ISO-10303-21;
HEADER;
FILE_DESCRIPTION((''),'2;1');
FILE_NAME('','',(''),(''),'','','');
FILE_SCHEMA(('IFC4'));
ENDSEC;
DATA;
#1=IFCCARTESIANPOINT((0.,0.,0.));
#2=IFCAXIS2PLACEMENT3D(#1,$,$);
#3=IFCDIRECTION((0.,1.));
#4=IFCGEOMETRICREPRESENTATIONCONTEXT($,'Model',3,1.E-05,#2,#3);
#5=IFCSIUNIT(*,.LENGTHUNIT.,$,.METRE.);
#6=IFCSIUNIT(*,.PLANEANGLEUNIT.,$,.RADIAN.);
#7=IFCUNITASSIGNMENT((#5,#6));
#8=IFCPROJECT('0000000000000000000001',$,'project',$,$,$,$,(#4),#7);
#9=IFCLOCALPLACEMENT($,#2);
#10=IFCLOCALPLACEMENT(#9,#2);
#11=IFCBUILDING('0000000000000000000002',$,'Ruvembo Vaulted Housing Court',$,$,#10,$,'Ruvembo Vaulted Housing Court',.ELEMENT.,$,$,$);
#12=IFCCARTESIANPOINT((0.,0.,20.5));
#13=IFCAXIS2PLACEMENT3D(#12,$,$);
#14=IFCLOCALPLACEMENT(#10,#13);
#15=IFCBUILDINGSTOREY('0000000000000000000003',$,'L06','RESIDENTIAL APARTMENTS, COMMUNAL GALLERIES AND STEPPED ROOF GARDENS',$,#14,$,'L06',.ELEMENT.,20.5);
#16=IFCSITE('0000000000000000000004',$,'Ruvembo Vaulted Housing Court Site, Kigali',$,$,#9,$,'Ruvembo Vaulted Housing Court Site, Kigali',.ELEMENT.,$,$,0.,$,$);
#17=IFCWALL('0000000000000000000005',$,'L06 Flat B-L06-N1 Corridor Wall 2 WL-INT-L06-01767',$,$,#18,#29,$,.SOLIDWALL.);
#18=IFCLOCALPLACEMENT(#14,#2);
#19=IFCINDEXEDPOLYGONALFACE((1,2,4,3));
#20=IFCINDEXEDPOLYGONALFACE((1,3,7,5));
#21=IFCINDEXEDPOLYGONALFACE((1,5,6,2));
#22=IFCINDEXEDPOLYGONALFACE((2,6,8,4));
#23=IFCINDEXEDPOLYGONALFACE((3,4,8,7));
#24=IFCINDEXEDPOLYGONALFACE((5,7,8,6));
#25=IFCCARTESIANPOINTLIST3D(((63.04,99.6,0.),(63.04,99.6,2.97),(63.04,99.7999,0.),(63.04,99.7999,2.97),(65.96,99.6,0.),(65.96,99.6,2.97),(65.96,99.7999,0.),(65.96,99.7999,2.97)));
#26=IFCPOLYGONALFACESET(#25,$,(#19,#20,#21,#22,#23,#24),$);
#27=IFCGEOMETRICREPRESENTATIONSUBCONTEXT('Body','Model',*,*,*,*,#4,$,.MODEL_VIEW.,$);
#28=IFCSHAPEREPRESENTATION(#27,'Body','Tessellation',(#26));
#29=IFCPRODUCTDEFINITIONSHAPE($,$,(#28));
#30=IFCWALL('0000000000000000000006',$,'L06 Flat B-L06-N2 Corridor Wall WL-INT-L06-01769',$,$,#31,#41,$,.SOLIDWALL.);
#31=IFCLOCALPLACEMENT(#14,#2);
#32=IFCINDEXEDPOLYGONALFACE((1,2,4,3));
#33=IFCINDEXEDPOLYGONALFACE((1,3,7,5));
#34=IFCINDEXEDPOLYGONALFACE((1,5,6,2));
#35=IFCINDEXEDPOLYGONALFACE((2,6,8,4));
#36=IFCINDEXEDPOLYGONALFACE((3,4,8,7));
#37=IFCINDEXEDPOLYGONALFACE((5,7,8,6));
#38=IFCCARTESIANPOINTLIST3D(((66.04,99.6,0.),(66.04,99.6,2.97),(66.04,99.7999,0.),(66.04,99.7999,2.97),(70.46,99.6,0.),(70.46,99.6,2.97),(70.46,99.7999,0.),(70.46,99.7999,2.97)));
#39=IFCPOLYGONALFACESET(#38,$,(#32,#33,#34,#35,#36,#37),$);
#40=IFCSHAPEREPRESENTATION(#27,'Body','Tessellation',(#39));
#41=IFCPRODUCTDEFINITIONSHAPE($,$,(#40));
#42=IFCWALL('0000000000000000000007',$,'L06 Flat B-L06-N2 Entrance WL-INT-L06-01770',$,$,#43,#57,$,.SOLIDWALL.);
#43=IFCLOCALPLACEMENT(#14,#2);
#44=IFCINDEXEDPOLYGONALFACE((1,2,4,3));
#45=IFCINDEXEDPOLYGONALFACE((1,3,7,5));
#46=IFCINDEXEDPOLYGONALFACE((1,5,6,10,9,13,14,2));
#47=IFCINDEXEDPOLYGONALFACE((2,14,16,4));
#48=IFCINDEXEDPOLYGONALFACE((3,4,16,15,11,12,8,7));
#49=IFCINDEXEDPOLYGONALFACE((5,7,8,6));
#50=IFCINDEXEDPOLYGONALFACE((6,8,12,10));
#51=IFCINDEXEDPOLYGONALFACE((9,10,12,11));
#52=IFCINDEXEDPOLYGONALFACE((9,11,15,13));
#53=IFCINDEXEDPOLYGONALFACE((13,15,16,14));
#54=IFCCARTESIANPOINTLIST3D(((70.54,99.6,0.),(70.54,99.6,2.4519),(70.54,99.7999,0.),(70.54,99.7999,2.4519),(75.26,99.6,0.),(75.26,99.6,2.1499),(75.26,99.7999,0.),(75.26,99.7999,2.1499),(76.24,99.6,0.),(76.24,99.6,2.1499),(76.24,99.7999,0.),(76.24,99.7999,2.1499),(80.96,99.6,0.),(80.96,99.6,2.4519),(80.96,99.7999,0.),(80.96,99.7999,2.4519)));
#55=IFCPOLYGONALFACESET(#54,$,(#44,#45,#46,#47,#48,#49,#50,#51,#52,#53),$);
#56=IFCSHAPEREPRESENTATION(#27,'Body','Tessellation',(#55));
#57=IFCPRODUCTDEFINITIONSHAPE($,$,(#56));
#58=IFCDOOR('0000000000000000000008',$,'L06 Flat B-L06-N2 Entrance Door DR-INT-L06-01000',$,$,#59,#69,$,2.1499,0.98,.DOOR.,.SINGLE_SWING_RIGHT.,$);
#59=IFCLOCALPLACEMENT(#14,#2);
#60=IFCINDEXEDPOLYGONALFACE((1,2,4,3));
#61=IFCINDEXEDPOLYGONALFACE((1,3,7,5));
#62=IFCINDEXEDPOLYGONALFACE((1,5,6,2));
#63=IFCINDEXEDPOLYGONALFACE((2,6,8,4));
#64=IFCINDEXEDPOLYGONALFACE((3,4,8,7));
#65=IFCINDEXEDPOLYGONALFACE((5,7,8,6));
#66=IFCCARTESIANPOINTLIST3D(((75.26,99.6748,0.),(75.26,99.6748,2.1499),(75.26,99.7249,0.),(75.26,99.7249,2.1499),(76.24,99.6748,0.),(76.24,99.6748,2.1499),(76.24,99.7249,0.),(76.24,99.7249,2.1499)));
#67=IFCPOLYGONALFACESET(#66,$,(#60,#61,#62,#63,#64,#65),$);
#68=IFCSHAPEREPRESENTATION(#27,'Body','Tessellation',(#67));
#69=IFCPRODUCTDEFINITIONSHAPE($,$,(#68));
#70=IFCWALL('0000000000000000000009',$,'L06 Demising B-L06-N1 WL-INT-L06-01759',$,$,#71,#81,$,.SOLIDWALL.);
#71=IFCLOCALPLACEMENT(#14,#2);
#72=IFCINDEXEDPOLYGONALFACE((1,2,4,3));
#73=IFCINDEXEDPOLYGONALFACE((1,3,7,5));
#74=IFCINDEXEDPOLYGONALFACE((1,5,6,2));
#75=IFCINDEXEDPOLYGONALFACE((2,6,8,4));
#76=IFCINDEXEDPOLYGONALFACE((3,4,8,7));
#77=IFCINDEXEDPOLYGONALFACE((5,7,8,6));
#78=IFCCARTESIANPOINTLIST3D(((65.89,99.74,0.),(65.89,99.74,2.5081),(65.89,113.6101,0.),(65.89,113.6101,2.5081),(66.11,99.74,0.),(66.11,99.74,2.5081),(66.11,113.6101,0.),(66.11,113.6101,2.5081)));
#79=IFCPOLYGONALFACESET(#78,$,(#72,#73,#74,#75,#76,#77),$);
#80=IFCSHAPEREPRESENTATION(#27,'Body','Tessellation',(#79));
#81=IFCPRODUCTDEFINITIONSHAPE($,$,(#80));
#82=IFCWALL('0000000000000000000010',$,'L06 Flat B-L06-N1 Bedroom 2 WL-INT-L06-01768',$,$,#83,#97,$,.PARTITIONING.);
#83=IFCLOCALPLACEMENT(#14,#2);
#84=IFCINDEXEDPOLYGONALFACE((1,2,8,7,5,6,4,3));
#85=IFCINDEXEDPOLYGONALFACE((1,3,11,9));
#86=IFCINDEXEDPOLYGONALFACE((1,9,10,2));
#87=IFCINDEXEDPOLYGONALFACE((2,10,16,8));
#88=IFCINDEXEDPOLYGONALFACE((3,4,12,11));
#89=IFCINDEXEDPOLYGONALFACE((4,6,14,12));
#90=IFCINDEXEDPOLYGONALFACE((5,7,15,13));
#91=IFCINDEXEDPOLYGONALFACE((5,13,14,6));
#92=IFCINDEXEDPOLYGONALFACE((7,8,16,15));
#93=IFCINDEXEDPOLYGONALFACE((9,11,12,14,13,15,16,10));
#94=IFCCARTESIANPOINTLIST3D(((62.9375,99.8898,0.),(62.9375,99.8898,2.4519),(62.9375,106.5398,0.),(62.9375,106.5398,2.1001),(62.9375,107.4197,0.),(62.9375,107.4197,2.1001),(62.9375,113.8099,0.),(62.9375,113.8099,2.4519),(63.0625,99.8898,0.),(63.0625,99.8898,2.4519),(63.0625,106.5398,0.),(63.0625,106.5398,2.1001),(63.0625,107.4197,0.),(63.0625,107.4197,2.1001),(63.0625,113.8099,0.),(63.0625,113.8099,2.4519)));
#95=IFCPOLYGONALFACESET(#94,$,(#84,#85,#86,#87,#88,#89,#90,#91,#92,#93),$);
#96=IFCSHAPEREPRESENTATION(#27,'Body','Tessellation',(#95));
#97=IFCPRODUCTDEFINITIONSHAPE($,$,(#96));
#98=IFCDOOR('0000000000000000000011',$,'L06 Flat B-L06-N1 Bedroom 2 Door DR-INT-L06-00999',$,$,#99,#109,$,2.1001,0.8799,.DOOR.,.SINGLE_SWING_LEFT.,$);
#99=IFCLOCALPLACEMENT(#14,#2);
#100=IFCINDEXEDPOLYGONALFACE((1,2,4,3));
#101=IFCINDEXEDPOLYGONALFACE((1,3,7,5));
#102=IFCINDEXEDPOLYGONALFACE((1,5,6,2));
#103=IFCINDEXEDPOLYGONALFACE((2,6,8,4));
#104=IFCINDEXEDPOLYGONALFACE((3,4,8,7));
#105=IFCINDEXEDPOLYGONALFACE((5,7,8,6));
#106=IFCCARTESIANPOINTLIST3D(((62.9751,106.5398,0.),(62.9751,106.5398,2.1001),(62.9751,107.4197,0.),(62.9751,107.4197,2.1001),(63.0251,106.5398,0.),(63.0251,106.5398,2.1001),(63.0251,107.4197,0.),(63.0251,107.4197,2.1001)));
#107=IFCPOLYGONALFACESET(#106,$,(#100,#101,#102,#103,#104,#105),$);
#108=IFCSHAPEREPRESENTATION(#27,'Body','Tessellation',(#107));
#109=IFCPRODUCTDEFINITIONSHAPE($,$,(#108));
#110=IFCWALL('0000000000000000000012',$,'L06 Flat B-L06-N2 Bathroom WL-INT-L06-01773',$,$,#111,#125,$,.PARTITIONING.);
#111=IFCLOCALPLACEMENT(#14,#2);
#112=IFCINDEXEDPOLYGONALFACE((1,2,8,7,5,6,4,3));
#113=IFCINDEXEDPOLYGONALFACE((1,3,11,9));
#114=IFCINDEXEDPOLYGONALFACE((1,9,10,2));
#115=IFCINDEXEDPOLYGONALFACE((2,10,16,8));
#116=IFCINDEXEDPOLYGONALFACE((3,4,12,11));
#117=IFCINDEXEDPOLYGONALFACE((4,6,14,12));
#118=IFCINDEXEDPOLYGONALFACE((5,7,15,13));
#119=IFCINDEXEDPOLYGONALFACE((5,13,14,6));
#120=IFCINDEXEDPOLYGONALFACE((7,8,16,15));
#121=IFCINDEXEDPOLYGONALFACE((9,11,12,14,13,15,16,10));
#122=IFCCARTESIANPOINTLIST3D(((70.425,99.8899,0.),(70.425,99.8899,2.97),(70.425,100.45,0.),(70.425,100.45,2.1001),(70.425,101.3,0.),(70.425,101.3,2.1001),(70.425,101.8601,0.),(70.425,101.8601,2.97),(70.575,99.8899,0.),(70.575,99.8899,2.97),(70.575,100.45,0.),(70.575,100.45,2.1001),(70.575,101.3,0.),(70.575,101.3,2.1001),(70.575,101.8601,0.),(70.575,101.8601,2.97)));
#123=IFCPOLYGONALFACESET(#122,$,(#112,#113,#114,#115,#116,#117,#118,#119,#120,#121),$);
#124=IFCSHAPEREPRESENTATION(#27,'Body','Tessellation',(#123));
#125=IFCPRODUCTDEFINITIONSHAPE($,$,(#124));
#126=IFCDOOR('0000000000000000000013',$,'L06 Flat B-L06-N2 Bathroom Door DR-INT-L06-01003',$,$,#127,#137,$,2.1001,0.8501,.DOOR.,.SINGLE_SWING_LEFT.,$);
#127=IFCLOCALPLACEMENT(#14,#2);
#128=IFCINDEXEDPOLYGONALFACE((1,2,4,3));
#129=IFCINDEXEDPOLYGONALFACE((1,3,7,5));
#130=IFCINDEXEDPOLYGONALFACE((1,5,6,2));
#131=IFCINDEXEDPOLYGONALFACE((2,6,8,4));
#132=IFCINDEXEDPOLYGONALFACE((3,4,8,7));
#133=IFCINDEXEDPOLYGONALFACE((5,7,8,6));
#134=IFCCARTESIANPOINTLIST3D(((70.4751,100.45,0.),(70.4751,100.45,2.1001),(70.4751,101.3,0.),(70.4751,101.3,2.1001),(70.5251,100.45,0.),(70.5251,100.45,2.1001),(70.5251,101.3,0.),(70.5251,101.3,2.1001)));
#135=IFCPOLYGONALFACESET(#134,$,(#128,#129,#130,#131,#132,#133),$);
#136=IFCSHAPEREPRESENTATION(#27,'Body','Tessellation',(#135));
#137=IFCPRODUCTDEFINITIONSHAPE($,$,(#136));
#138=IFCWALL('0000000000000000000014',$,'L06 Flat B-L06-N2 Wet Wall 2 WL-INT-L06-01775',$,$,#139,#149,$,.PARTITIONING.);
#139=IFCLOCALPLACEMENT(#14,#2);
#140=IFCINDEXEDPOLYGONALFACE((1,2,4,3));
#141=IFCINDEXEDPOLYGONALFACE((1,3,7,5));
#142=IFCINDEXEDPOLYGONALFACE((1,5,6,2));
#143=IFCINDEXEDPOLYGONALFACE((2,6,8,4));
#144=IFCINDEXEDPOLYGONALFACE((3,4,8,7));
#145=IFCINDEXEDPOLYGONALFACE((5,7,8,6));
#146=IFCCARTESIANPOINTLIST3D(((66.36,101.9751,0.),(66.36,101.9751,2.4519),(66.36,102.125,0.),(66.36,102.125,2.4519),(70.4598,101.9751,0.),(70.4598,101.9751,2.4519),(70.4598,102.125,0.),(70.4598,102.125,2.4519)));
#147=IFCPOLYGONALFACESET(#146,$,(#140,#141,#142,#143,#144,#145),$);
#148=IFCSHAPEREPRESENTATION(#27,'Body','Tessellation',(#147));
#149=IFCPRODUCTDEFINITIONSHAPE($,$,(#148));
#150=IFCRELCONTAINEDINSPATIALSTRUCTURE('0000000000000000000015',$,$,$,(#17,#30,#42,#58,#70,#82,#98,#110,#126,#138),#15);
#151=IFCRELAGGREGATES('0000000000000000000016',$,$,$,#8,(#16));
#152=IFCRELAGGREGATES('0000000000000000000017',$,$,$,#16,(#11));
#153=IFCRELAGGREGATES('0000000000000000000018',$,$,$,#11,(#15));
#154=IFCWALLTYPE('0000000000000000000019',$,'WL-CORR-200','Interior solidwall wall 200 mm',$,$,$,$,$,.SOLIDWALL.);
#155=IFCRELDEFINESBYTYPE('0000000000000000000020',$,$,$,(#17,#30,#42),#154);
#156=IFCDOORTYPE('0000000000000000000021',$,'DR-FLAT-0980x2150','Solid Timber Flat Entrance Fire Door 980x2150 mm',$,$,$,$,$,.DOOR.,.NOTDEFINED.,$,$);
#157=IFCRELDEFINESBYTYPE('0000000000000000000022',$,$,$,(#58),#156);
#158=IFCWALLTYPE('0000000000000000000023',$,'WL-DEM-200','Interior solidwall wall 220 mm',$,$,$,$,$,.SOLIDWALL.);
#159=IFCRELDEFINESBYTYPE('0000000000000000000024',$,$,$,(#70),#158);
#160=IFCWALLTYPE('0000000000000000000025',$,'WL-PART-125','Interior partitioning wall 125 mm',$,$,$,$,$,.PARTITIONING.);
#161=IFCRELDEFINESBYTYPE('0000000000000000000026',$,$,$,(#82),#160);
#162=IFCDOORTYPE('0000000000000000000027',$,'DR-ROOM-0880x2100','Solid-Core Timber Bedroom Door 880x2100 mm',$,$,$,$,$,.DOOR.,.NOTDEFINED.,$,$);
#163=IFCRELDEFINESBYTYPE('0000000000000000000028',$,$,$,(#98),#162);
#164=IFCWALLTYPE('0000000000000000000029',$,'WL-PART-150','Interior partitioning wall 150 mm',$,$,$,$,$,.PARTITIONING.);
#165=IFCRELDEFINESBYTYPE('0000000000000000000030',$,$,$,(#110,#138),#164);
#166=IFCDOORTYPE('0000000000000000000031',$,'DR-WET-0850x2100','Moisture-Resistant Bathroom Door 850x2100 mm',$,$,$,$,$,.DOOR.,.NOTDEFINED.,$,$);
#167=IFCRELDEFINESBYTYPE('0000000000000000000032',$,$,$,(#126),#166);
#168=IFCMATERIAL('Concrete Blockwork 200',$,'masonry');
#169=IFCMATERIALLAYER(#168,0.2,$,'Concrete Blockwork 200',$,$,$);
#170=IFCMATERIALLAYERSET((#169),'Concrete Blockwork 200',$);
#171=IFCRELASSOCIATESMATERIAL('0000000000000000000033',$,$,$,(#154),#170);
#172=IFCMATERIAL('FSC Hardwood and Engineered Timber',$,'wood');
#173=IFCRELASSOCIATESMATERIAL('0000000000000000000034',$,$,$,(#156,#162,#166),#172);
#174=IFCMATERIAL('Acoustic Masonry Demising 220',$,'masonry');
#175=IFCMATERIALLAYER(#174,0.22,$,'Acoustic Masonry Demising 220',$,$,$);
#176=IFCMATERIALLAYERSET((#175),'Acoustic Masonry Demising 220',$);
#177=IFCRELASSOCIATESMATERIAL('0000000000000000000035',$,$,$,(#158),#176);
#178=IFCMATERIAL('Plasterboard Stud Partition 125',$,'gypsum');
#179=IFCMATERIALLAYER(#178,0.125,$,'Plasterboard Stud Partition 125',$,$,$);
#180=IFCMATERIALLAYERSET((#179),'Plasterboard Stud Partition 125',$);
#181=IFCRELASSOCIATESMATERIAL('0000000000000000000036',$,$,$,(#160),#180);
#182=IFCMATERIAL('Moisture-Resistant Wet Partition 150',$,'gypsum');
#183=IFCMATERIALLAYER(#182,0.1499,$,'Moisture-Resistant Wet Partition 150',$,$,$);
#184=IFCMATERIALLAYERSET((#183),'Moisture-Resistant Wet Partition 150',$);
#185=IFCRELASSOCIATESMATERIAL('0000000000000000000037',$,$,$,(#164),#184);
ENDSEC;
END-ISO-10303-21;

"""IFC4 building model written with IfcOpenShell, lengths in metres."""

from ifc_helpers import new_model, si_unit, direction, frame, frame_2d, origin, place, context, subcontext, project, spatial, rectangle, extrude, material, layer, layer_set, type_object, element, fill, save


model = new_model("IFC4")

# Units and contexts
model_context = context("Model", 3, precision=1e-05, world=origin(), true_north=direction((0.0, 1.0)))
body_context = subcontext(model_context, "Body", "Model", "MODEL_VIEW")
ifc_project = project(units=[si_unit("LENGTHUNIT", "METRE"), si_unit("PLANEANGLEUNIT", "RADIAN")], contexts=[model_context])

# Site, building, storey
site_placement = place(None, origin())
site = spatial("IfcSite", under=ifc_project, at=site_placement, Name="Ruvembo Vaulted Housing Court Site, Kigali", LongName="Ruvembo Vaulted Housing Court Site, Kigali", CompositionType="ELEMENT", RefElevation=0.0)
building_placement = place(site_placement, origin())
building = spatial("IfcBuilding", under=site, at=building_placement, Name="Ruvembo Vaulted Housing Court", LongName="Ruvembo Vaulted Housing Court", CompositionType="ELEMENT")
storey_placement = place(building_placement, frame((0.0, 0.0, 20.5)))
storey = spatial("IfcBuildingStorey", under=building, at=storey_placement, Name="L06", Description="RESIDENTIAL APARTMENTS, COMMUNAL GALLERIES AND STEPPED ROOF GARDENS", LongName="L06", CompositionType="ELEMENT", Elevation=20.5)

# Walls
ifc_material_1 = material(Name="Concrete Blockwork 200", Category="masonry")
ifc_layer_1 = layer(ifc_material_1, 0.2, Name="Concrete Blockwork 200")
ifc_layer_set_1 = layer_set([ifc_layer_1], Name="Concrete Blockwork 200")
wall_type_1 = type_object("IfcWallType", Name="WL-CORR-200", Description="Interior solidwall wall 200 mm", PredefinedType="SOLIDWALL", material=ifc_layer_set_1)
wall_1_placement = place(storey_placement, frame((63.04, 99.7, 0.0), z_axis=(0.0, 0.0, 1.0), x_axis=(1.0, 0.0, 0.0)))
element("IfcWall", 1, at=wall_1_placement, inside=storey, type_object=wall_type_1, Name="L06 Flat B-L06-N1 Corridor Wall 2 WL-INT-L06-01767", PredefinedType="SOLIDWALL", context=body_context, shape_type="SweptSolid", body=[
    extrude(rectangle(XDim=2.9199, YDim=0.2, at=frame_2d((1.46, 0.0))), origin(), (0.0, 0.0, 1.0), 2.97),
])
wall_2_placement = place(storey_placement, frame((66.04, 99.7, 0.0), z_axis=(0.0, 0.0, 1.0), x_axis=(1.0, 0.0, 0.0)))
element("IfcWall", 2, at=wall_2_placement, inside=storey, type_object=wall_type_1, Name="L06 Flat B-L06-N2 Corridor Wall WL-INT-L06-01769", PredefinedType="SOLIDWALL", context=body_context, shape_type="SweptSolid", body=[
    extrude(rectangle(XDim=4.4199, YDim=0.2, at=frame_2d((2.21, 0.0))), origin(), (0.0, 0.0, 1.0), 2.97),
])

# Wall, opening, door
wall_3_placement = place(storey_placement, frame((70.54, 99.7, 0.0), z_axis=(0.0, 0.0, 1.0), x_axis=(1.0, 0.0, 0.0)))
wall_3 = element("IfcWall", 3, at=wall_3_placement, inside=storey, type_object=wall_type_1, Name="L06 Flat B-L06-N2 Entrance WL-INT-L06-01770", PredefinedType="SOLIDWALL", context=body_context, shape_type="SweptSolid", body=[
    extrude(rectangle(XDim=10.4199, YDim=0.2, at=frame_2d((5.21, 0.0))), origin(), (0.0, 0.0, 1.0), 2.4519),
])
opening_1_placement = place(wall_3_placement, frame((4.72, 0.0, 0.0)))
opening_1 = element("IfcOpeningElement", 4, at=opening_1_placement, cuts=wall_3, PredefinedType="OPENING", context=body_context, shape_type="SweptSolid", body=[
    extrude(rectangle(XDim=0.98, YDim=2.1499, at=frame_2d((0.49, 1.075))), frame((0.0, 0.1099, 0.0), z_axis=(0.0, -1.0, 0.0), x_axis=(1.0, 0.0, 0.0)), (0.0, 0.0, 1.0), 0.22),
])
ifc_material_2 = material(Name="FSC Hardwood and Engineered Timber", Category="wood")
door_type_1 = type_object("IfcDoorType", Name="DR-FLAT-0980x2150", Description="Solid Timber Flat Entrance Fire Door 980x2150 mm", OperationType="NOTDEFINED", PredefinedType="DOOR", material=ifc_material_2)
door_1_placement = place(opening_1_placement, origin())
door_1 = element("IfcDoor", 5, at=door_1_placement, inside=storey, type_object=door_type_1, Name="L06 Flat B-L06-N2 Entrance Door DR-INT-L06-01000", OperationType="SINGLE_SWING_RIGHT", OverallHeight=2.1499, OverallWidth=0.98, PredefinedType="DOOR", context=body_context, shape_type="SweptSolid", body=[
    extrude(rectangle(XDim=0.98, YDim=2.1499, at=frame_2d((0.49, 1.075))), frame((0.0, 0.0249, 0.0), z_axis=(0.0, -1.0, 0.0), x_axis=(1.0, 0.0, 0.0)), (0.0, 0.0, 1.0), 0.05),
])
fill(opening_1, door_1)

# Wall
ifc_material_3 = material(Name="Acoustic Masonry Demising 220", Category="masonry")
ifc_layer_2 = layer(ifc_material_3, 0.22, Name="Acoustic Masonry Demising 220")
ifc_layer_set_2 = layer_set([ifc_layer_2], Name="Acoustic Masonry Demising 220")
wall_type_2 = type_object("IfcWallType", Name="WL-DEM-200", Description="Interior solidwall wall 220 mm", PredefinedType="SOLIDWALL", material=ifc_layer_set_2)
wall_4_placement = place(storey_placement, frame((66.0, 99.74, 0.0), z_axis=(0.0, 0.0, 1.0), x_axis=(0.0, 1.0, 0.0)))
element("IfcWall", 6, at=wall_4_placement, inside=storey, type_object=wall_type_2, Name="L06 Demising B-L06-N1 WL-INT-L06-01759", PredefinedType="SOLIDWALL", context=body_context, shape_type="SweptSolid", body=[
    extrude(rectangle(XDim=13.8701, YDim=0.22, at=frame_2d((6.9351, 0.0))), origin(), (0.0, 0.0, 1.0), 2.5081),
])

# Walls, openings, doors
ifc_material_4 = material(Name="Plasterboard Stud Partition 125", Category="gypsum")
ifc_layer_3 = layer(ifc_material_4, 0.125, Name="Plasterboard Stud Partition 125")
ifc_layer_set_3 = layer_set([ifc_layer_3], Name="Plasterboard Stud Partition 125")
wall_type_3 = type_object("IfcWallType", Name="WL-PART-125", Description="Interior partitioning wall 125 mm", PredefinedType="PARTITIONING", material=ifc_layer_set_3)
wall_5_placement = place(storey_placement, frame((63.0, 99.8899, 0.0), z_axis=(0.0, 0.0, 1.0), x_axis=(0.0, 1.0, 0.0)))
wall_5 = element("IfcWall", 7, at=wall_5_placement, inside=storey, type_object=wall_type_3, Name="L06 Flat B-L06-N1 Bedroom 2 WL-INT-L06-01768", PredefinedType="PARTITIONING", context=body_context, shape_type="SweptSolid", body=[
    extrude(rectangle(XDim=13.9202, YDim=0.125, at=frame_2d((6.96, 0.0))), origin(), (0.0, 0.0, 1.0), 2.4519),
])
opening_2_placement = place(wall_5_placement, frame((6.6499, 0.0, 0.0)))
opening_2 = element("IfcOpeningElement", 8, at=opening_2_placement, cuts=wall_5, PredefinedType="OPENING", context=body_context, shape_type="SweptSolid", body=[
    extrude(rectangle(XDim=0.8799, YDim=2.1001, at=frame_2d((0.4399, 1.05))), frame((0.0, 0.0725, 0.0), z_axis=(0.0, -1.0, 0.0), x_axis=(1.0, 0.0, 0.0)), (0.0, 0.0, 1.0), 0.145),
])
door_type_2 = type_object("IfcDoorType", Name="DR-ROOM-0880x2100", Description="Solid-Core Timber Bedroom Door 880x2100 mm", OperationType="NOTDEFINED", PredefinedType="DOOR", material=ifc_material_2)
door_2_placement = place(opening_2_placement, origin())
door_2 = element("IfcDoor", 9, at=door_2_placement, inside=storey, type_object=door_type_2, Name="L06 Flat B-L06-N1 Bedroom 2 Door DR-INT-L06-00999", OperationType="SINGLE_SWING_LEFT", OverallHeight=2.1001, OverallWidth=0.8799, PredefinedType="DOOR", context=body_context, shape_type="SweptSolid", body=[
    extrude(rectangle(XDim=0.8799, YDim=2.1001, at=frame_2d((0.4399, 1.05))), frame((0.0, 0.0249, 0.0), z_axis=(0.0, -1.0, 0.0), x_axis=(1.0, 0.0, 0.0)), (0.0, 0.0, 1.0), 0.05),
])
fill(opening_2, door_2)
ifc_material_5 = material(Name="Moisture-Resistant Wet Partition 150", Category="gypsum")
ifc_layer_4 = layer(ifc_material_5, 0.1499, Name="Moisture-Resistant Wet Partition 150")
ifc_layer_set_4 = layer_set([ifc_layer_4], Name="Moisture-Resistant Wet Partition 150")
wall_type_4 = type_object("IfcWallType", Name="WL-PART-150", Description="Interior partitioning wall 150 mm", PredefinedType="PARTITIONING", material=ifc_layer_set_4)
wall_6_placement = place(storey_placement, frame((70.5, 99.8899, 0.0), z_axis=(0.0, 0.0, 1.0), x_axis=(0.0, 1.0, 0.0)))
wall_6 = element("IfcWall", 10, at=wall_6_placement, inside=storey, type_object=wall_type_4, Name="L06 Flat B-L06-N2 Bathroom WL-INT-L06-01773", PredefinedType="PARTITIONING", context=body_context, shape_type="SweptSolid", body=[
    extrude(rectangle(XDim=1.9702, YDim=0.1499, at=frame_2d((0.9851, 0.0))), origin(), (0.0, 0.0, 1.0), 2.97),
])
opening_3_placement = place(wall_6_placement, frame((0.5601, 0.0, 0.0)))
opening_3 = element("IfcOpeningElement", 11, at=opening_3_placement, cuts=wall_6, PredefinedType="OPENING", context=body_context, shape_type="SweptSolid", body=[
    extrude(rectangle(XDim=0.8501, YDim=2.1001, at=frame_2d((0.425, 1.05))), frame((0.0, 0.085, 0.0), z_axis=(0.0, -1.0, 0.0), x_axis=(1.0, 0.0, 0.0)), (0.0, 0.0, 1.0), 0.1699),
])
door_type_3 = type_object("IfcDoorType", Name="DR-WET-0850x2100", Description="Moisture-Resistant Bathroom Door 850x2100 mm", OperationType="NOTDEFINED", PredefinedType="DOOR", material=ifc_material_2)
door_3_placement = place(opening_3_placement, origin())
door_3 = element("IfcDoor", 12, at=door_3_placement, inside=storey, type_object=door_type_3, Name="L06 Flat B-L06-N2 Bathroom Door DR-INT-L06-01003", OperationType="SINGLE_SWING_LEFT", OverallHeight=2.1001, OverallWidth=0.8501, PredefinedType="DOOR", context=body_context, shape_type="SweptSolid", body=[
    extrude(rectangle(XDim=0.8501, YDim=2.1001, at=frame_2d((0.425, 1.05))), frame((0.0, 0.0249, 0.0), z_axis=(0.0, -1.0, 0.0), x_axis=(1.0, 0.0, 0.0)), (0.0, 0.0, 1.0), 0.05),
])
fill(opening_3, door_3)

# Wall
wall_7_placement = place(storey_placement, frame((66.3601, 102.05, 0.0), z_axis=(0.0, 0.0, 1.0), x_axis=(1.0, 0.0, 0.0)))
element("IfcWall", 13, at=wall_7_placement, inside=storey, type_object=wall_type_4, Name="L06 Flat B-L06-N2 Wet Wall 2 WL-INT-L06-01775", PredefinedType="PARTITIONING", context=body_context, shape_type="SweptSolid", body=[
    extrude(rectangle(XDim=4.0999, YDim=0.1499, at=frame_2d((2.0498, 0.0))), origin(), (0.0, 0.0, 1.0), 2.4519),
])

save(model, "model.ifc")
